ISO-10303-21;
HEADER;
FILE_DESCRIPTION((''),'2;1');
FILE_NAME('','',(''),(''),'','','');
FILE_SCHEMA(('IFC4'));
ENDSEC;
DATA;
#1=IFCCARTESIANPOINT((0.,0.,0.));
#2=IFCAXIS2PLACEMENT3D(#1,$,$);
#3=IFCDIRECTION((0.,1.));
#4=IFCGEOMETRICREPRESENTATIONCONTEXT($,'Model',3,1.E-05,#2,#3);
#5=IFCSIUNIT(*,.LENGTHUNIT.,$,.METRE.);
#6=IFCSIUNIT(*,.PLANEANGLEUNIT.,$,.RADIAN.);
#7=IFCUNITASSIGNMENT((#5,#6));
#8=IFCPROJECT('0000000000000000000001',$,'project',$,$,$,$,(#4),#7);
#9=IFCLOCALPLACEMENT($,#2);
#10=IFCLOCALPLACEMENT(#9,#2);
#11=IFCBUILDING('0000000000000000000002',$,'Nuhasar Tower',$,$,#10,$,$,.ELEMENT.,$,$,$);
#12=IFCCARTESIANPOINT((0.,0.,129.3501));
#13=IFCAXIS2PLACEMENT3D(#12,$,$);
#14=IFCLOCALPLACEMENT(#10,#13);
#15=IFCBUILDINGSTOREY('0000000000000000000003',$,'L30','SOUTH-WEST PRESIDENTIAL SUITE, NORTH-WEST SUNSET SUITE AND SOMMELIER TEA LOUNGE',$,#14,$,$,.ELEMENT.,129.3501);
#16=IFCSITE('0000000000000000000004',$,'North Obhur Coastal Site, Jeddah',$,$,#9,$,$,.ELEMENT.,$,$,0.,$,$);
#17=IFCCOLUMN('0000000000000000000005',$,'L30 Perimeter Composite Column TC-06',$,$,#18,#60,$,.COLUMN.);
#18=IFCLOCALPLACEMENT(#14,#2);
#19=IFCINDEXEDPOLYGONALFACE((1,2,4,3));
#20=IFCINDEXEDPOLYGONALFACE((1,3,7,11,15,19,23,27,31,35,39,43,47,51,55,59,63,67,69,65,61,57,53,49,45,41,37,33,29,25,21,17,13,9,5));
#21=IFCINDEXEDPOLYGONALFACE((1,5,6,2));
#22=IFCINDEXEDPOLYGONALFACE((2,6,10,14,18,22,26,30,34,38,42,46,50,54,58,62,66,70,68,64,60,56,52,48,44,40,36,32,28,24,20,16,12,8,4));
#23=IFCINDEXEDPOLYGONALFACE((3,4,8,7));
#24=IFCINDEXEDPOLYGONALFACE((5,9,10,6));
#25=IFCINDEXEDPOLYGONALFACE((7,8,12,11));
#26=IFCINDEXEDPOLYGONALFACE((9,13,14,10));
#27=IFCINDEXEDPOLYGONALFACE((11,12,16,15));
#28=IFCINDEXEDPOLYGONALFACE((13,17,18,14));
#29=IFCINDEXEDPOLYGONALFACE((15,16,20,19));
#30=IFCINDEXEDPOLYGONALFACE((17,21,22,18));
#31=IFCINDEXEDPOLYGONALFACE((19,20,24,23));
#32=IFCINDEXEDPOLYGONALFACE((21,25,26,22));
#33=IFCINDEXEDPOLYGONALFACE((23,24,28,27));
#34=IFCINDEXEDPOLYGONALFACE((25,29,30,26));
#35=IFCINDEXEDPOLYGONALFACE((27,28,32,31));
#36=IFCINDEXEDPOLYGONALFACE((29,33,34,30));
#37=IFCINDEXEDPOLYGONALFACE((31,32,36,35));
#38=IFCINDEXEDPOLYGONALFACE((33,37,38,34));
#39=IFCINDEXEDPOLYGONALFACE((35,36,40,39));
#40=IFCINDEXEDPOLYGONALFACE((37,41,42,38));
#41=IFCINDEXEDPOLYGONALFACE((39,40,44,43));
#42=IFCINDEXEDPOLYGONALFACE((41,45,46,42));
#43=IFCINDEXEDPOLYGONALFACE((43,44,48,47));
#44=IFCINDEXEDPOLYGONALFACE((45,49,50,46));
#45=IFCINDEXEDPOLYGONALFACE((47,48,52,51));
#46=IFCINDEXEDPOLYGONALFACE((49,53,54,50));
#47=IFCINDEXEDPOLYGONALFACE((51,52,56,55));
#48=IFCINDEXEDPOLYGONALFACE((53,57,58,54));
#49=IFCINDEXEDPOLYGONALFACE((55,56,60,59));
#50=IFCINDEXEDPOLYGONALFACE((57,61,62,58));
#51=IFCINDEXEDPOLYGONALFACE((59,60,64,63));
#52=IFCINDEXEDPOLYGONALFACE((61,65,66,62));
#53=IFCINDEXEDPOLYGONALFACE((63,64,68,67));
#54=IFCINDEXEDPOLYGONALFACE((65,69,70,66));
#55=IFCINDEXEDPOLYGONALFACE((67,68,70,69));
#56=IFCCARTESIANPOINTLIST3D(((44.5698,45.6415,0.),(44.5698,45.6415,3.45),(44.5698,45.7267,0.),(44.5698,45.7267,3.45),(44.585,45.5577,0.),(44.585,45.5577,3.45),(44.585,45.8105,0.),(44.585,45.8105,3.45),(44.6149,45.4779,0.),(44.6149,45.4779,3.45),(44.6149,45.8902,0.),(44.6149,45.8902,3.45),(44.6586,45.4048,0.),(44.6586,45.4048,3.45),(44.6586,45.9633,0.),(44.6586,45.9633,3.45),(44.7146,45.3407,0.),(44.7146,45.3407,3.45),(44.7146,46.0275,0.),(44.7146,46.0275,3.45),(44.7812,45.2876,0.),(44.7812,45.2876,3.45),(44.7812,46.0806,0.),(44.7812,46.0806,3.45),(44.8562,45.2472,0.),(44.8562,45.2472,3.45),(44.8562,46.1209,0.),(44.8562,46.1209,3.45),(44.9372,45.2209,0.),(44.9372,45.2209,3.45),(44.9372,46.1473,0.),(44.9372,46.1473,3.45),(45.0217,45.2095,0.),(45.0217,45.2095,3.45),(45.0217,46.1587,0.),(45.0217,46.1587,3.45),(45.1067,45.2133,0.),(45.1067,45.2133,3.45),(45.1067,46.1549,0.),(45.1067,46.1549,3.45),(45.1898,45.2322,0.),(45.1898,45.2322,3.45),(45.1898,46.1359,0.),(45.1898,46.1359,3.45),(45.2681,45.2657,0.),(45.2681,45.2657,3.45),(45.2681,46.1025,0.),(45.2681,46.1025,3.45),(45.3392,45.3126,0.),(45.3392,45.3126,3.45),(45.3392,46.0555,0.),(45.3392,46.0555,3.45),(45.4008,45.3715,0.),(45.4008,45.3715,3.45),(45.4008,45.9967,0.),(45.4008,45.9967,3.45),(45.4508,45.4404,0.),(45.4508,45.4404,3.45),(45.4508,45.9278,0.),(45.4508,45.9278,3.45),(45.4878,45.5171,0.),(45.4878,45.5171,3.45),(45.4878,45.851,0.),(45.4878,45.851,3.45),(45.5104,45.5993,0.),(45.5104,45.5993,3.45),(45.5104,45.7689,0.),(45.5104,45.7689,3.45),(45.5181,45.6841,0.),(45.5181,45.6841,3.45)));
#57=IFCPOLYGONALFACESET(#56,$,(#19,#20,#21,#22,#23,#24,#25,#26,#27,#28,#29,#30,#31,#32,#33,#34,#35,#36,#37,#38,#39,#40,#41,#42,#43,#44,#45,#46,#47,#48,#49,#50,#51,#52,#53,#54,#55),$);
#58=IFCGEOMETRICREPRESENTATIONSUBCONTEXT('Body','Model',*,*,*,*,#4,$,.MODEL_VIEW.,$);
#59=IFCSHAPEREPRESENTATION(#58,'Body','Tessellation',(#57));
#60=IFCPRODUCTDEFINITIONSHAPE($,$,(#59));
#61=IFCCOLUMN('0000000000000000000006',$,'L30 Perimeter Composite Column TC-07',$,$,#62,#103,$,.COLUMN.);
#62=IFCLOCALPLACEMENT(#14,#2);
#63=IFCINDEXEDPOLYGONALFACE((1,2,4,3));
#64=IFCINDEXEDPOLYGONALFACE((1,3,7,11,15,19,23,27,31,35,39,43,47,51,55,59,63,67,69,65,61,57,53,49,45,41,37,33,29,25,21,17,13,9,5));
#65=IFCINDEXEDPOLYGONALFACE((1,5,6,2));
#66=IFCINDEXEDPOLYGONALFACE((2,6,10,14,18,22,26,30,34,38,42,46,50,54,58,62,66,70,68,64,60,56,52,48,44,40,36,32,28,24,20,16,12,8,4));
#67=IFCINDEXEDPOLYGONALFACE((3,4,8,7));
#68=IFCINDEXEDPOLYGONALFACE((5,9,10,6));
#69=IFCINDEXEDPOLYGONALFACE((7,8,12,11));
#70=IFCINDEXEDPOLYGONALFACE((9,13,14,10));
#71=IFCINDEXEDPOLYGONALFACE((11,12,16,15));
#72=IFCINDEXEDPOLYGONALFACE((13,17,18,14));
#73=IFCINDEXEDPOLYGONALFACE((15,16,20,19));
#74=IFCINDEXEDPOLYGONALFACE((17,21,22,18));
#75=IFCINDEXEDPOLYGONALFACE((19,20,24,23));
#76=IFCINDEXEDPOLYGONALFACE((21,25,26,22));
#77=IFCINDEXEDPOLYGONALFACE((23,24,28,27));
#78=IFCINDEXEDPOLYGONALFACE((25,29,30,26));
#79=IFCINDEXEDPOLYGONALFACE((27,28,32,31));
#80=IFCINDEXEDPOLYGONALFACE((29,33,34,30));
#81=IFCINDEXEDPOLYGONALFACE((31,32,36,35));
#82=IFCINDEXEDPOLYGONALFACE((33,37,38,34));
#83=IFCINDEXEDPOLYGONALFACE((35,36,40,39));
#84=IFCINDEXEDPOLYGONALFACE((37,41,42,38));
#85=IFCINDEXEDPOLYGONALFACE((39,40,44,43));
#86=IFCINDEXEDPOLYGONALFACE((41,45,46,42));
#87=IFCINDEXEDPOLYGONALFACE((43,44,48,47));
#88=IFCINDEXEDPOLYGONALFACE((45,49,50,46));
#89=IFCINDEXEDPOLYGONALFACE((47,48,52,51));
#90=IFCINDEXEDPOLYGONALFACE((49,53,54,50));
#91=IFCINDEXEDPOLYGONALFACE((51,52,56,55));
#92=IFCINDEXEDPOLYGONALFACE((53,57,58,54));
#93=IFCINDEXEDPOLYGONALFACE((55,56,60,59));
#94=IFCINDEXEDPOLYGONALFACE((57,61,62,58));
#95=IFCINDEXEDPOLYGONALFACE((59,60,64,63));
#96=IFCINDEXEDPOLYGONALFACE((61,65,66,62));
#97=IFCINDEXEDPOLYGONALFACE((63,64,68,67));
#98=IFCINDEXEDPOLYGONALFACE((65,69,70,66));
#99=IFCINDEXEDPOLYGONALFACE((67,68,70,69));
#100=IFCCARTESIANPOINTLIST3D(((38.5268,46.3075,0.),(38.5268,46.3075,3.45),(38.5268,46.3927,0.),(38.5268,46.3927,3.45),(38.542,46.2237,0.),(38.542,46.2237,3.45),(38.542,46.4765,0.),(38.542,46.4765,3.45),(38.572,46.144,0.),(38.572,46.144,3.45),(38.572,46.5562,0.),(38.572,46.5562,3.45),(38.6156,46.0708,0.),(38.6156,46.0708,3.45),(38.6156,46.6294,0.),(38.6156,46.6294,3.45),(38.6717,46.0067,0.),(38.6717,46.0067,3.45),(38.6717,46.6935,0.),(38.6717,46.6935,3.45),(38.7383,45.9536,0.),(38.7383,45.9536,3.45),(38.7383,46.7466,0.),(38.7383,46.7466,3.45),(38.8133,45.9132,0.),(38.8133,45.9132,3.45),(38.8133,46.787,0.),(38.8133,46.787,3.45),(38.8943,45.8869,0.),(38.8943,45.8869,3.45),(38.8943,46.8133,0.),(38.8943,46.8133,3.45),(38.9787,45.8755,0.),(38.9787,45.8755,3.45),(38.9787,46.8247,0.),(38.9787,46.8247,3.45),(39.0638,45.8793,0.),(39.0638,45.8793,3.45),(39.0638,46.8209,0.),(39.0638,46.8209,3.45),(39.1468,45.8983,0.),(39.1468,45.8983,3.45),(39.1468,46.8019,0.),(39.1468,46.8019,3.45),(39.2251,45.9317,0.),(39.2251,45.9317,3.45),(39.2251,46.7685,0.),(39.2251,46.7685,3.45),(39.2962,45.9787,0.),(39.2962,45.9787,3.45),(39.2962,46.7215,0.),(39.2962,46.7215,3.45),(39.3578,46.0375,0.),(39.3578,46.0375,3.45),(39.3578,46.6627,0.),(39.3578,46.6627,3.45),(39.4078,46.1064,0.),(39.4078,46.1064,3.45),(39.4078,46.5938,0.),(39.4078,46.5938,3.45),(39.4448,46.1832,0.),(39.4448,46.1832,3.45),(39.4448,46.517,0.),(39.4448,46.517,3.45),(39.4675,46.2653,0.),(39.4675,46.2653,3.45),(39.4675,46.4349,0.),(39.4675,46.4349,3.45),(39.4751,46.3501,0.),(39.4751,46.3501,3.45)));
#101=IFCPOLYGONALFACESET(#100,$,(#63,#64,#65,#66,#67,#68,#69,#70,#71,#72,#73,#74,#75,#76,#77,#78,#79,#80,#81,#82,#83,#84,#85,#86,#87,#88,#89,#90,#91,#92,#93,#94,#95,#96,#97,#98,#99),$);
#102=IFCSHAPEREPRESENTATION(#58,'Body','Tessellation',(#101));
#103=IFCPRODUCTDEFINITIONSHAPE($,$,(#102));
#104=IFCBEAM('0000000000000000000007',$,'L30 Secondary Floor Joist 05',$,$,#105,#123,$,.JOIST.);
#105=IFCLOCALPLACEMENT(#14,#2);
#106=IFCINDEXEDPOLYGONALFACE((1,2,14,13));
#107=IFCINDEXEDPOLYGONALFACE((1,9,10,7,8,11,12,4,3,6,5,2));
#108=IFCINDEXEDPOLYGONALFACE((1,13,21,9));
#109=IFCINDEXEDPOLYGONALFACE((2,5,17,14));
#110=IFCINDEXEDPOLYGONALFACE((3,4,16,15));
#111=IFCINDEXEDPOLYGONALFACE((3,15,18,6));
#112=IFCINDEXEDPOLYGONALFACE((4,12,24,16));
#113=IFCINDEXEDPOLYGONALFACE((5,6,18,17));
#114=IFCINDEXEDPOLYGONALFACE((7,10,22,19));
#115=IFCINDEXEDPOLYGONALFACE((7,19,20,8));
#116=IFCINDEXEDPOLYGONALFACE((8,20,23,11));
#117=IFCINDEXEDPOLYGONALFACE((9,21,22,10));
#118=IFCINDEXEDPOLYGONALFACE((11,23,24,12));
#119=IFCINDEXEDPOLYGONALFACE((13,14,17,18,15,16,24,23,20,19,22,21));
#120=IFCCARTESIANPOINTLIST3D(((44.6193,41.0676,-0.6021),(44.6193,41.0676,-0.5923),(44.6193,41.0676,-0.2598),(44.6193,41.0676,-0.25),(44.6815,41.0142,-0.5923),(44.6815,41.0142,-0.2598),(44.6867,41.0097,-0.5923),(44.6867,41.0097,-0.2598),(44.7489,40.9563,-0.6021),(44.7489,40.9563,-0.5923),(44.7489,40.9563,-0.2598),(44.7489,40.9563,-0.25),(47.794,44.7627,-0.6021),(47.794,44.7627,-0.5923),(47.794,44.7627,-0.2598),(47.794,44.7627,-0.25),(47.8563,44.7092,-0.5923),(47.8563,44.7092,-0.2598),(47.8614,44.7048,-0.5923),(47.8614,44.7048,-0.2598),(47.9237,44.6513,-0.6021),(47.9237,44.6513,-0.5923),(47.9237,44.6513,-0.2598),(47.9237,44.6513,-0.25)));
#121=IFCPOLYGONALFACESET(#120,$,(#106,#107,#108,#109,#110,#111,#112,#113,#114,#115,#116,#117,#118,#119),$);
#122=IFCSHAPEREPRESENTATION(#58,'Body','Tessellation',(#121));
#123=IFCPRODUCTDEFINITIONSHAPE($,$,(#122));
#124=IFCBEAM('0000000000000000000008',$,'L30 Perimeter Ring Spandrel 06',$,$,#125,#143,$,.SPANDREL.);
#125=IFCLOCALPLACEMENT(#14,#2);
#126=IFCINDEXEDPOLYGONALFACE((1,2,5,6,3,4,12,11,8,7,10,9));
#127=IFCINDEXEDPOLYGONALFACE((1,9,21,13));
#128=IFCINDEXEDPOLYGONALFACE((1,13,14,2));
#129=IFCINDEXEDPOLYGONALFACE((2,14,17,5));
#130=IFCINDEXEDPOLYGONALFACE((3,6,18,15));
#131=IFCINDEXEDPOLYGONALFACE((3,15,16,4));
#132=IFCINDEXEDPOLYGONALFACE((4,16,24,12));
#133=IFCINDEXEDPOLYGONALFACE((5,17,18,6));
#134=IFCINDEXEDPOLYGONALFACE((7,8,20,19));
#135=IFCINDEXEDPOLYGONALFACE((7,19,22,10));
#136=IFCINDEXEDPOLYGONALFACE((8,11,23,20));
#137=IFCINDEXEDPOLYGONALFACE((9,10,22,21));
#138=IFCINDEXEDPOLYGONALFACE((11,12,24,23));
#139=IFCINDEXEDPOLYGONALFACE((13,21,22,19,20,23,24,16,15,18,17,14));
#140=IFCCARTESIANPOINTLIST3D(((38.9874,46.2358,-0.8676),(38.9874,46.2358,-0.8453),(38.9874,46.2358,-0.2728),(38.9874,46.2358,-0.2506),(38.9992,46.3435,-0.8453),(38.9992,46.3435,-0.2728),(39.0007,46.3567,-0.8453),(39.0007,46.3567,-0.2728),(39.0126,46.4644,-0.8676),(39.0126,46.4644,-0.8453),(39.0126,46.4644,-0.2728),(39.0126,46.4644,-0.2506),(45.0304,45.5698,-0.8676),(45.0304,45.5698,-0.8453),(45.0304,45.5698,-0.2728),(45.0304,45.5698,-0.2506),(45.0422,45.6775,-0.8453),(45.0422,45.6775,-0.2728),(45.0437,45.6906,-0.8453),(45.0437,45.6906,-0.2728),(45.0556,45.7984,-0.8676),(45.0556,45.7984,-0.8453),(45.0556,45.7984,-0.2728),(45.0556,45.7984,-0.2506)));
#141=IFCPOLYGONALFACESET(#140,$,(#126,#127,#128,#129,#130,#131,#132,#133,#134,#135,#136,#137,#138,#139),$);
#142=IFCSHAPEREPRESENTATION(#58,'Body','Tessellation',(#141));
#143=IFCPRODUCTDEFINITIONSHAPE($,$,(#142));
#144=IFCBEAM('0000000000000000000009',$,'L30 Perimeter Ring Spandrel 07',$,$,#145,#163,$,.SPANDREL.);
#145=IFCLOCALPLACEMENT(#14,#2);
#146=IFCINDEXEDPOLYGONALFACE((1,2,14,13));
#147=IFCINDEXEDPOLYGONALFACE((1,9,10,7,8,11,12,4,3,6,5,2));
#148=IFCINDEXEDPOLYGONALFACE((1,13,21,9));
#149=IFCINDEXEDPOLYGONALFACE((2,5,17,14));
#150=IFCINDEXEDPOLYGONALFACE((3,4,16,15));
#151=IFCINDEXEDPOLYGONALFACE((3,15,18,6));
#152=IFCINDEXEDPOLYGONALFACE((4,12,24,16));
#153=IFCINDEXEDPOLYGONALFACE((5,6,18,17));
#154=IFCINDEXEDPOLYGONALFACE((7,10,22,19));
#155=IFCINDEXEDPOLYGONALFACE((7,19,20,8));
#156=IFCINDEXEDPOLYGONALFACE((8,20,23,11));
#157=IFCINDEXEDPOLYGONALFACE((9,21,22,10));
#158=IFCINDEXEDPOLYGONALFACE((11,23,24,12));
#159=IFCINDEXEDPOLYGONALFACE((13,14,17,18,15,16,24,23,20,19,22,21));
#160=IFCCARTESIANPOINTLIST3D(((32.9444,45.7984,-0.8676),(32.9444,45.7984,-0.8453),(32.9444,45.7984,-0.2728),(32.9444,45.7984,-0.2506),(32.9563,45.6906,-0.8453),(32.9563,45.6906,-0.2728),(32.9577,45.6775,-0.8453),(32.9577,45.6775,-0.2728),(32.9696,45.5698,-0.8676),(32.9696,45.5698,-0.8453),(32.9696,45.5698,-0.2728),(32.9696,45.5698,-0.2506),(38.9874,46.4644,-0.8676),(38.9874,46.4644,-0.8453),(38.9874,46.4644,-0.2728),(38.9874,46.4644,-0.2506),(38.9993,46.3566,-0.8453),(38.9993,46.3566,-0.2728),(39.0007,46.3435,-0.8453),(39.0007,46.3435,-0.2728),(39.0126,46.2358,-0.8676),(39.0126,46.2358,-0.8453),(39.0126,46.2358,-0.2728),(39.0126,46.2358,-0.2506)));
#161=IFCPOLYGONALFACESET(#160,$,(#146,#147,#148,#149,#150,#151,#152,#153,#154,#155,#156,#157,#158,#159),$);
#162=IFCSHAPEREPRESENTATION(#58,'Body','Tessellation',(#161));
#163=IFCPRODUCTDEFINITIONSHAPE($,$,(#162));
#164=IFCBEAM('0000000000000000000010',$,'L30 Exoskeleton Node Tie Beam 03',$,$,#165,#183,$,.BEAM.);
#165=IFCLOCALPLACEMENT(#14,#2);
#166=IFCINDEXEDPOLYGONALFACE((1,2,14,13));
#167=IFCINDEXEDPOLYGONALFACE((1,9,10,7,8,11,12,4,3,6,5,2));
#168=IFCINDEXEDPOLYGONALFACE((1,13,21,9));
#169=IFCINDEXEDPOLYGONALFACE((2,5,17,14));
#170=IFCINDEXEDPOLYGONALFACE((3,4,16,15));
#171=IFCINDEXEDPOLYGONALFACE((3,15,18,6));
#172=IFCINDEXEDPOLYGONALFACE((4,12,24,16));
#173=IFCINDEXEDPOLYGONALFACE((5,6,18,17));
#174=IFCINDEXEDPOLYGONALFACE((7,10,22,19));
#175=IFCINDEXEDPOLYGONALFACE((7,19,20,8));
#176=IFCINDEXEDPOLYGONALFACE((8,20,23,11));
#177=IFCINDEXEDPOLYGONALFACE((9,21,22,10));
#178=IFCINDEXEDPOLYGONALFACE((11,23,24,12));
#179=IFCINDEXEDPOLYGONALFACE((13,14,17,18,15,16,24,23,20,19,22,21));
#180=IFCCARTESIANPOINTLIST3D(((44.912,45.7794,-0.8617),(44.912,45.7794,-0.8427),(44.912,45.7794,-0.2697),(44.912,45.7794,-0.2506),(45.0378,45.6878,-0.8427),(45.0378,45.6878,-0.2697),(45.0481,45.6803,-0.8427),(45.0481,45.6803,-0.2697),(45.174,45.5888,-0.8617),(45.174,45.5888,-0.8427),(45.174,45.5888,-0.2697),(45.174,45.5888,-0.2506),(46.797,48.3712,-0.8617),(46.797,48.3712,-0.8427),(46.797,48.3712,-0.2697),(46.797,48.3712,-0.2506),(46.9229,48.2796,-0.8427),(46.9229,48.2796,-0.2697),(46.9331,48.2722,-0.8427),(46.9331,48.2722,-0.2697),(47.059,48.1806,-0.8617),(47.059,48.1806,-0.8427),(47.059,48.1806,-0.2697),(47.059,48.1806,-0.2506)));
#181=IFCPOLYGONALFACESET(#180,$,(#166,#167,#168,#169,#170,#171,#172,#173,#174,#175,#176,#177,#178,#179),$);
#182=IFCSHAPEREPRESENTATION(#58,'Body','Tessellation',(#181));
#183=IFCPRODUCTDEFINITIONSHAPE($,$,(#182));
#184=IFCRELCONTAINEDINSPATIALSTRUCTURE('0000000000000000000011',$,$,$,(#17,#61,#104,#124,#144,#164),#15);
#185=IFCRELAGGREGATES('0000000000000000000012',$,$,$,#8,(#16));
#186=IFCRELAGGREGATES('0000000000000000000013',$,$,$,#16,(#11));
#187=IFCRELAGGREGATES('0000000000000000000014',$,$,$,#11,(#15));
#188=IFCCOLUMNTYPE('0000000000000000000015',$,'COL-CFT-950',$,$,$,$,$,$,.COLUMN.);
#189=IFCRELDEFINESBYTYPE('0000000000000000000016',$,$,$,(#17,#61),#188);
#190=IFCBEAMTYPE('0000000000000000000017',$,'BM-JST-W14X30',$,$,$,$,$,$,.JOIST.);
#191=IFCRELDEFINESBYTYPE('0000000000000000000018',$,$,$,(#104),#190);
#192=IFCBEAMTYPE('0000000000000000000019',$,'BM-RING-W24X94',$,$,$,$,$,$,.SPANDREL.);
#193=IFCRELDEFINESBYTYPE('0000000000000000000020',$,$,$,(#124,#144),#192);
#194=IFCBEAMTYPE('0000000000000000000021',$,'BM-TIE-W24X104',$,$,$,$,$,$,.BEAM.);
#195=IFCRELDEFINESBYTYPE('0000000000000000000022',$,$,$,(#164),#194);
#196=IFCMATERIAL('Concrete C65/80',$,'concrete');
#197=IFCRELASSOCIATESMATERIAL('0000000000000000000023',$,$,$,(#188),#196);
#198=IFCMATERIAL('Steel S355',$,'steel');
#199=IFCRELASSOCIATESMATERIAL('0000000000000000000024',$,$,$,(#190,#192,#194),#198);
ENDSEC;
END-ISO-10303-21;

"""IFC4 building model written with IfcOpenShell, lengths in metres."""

from ifc_helpers import new_model, si_unit, direction, frame, origin, origin_2d, place, context, subcontext, project, spatial, circle, i_section, extrude, material, material_profile, profile_set, type_object, element, save


model = new_model("IFC4")

# Units and contexts
model_context = context("Model", 3, precision=1e-05, world=origin(), true_north=direction((0.0, 1.0)))
body_context = subcontext(model_context, "Body", "Model", "MODEL_VIEW")
ifc_project = project(units=[si_unit("LENGTHUNIT", "METRE"), si_unit("PLANEANGLEUNIT", "RADIAN")], contexts=[model_context])

# Site, building, storey
site_placement = place(None, origin())
site = spatial("IfcSite", under=ifc_project, at=site_placement, Name="North Obhur Coastal Site, Jeddah", CompositionType="ELEMENT", RefElevation=0.0)
building_placement = place(site_placement, origin())
building = spatial("IfcBuilding", under=site, at=building_placement, Name="Nuhasar Tower", CompositionType="ELEMENT")
storey_placement = place(building_placement, frame((0.0, 0.0, 129.3501)))
storey = spatial("IfcBuildingStorey", under=building, at=storey_placement, Name="L30", Description="SOUTH-WEST PRESIDENTIAL SUITE, NORTH-WEST SUNSET SUITE AND SOMMELIER TEA LOUNGE", CompositionType="ELEMENT", Elevation=129.3501)

# Columns
ifc_material_1 = material(Name="Concrete C65/80", Category="concrete")
ifc_material_profile_1 = material_profile(ifc_material_1, circle(Radius=0.4751, at=origin_2d()), Name="CFT950")
ifc_profile_set_1 = profile_set([ifc_material_profile_1], Name="Concrete C65/80")
column_type = type_object("IfcColumnType", Name="COL-CFT-950", PredefinedType="COLUMN", material=ifc_profile_set_1)
for number, where, z_axis, x_axis, name in (
    (1, (45.043, 45.6841, 0.0), (0.0, 0.0, 1.0), (1.0, 0.0, 0.0), "L30 Perimeter Composite Column TC-06"),
    (2, (39.0, 46.3501, 0.0), (0.0, 0.0, 1.0), (1.0, 0.0, 0.0), "L30 Perimeter Composite Column TC-07"),
):
    element("IfcColumn", number, at=place(storey_placement, frame(where, z_axis=z_axis, x_axis=x_axis)), inside=storey, type_object=column_type, Name=name, PredefinedType="COLUMN", context=body_context, shape_type="SweptSolid", body=[
        extrude(circle(Radius=0.4751, at=origin_2d()), origin(), (0.0, 0.0, 1.0), 3.45),
    ])

# Beams
ifc_material_2 = material(Name="Steel S355", Category="steel")
ifc_material_profile_2 = material_profile(ifc_material_2, i_section(OverallWidth=0.1709, OverallDepth=0.3521, WebThickness=0.0068, FlangeThickness=0.0098, at=origin_2d()), Name="W14X30")
ifc_profile_set_2 = profile_set([ifc_material_profile_2], Name="Steel S355")
beam_type_1 = type_object("IfcBeamType", Name="BM-JST-W14X30", PredefinedType="JOIST", material=ifc_profile_set_2)
beam_1_placement = place(storey_placement, frame((44.6841, 41.012, -0.426), z_axis=(0.651691, 0.758485, 0.0), x_axis=(-0.758485, 0.651691, 0.0)))
element("IfcBeam", 3, at=beam_1_placement, inside=storey, type_object=beam_type_1, Name="L30 Secondary Floor Joist 05", PredefinedType="JOIST", context=body_context, shape_type="SweptSolid", body=[
    extrude(i_section(OverallWidth=0.1709, OverallDepth=0.3521, WebThickness=0.0068, FlangeThickness=0.0098, at=origin_2d()), origin(), (0.0, 0.0, 1.0), 4.8716),
])
ifc_material_profile_3 = material_profile(ifc_material_2, i_section(OverallWidth=0.23, OverallDepth=0.6169, WebThickness=0.0132, FlangeThickness=0.0222, at=origin_2d()), Name="W24X94")
ifc_profile_set_3 = profile_set([ifc_material_profile_3], Name="Steel S355")
beam_type_2 = type_object("IfcBeamType", Name="BM-RING-W24X94", PredefinedType="SPANDREL", material=ifc_profile_set_3)
for number, where, z_axis, x_axis, name in (
    (4, (45.043, 45.6841, -0.5591), (-0.993981, 0.10955, 0.0), (-0.10955, -0.993981, 0.0), "L30 Perimeter Ring Spandrel 06"),
    (5, (39.0, 46.3501, -0.5591), (-0.993981, -0.10955, 0.0), (0.10955, -0.993981, 0.0), "L30 Perimeter Ring Spandrel 07"),
):
    element("IfcBeam", number, at=place(storey_placement, frame(where, z_axis=z_axis, x_axis=x_axis)), inside=storey, type_object=beam_type_2, Name=name, PredefinedType="SPANDREL", context=body_context, shape_type="SweptSolid", body=[
        extrude(i_section(OverallWidth=0.23, OverallDepth=0.6169, WebThickness=0.0132, FlangeThickness=0.0222, at=origin_2d()), origin(), (0.0, 0.0, 1.0), 6.0796),
    ])
ifc_material_profile_4 = material_profile(ifc_material_2, i_section(OverallWidth=0.324, OverallDepth=0.6111, WebThickness=0.0127, FlangeThickness=0.019, at=origin_2d()), Name="W24X104")
ifc_profile_set_4 = profile_set([ifc_material_profile_4], Name="Steel S355")
beam_type_3 = type_object("IfcBeamType", Name="BM-TIE-W24X104", PredefinedType="BEAM", material=ifc_profile_set_4)
beam_2_placement = place(storey_placement, frame((45.043, 45.6841, -0.5562), z_axis=(0.588185, 0.808726, 0.0), x_axis=(-0.808726, 0.588185, 0.0)))
element("IfcBeam", 6, at=beam_2_placement, inside=storey, type_object=beam_type_3, Name="L30 Exoskeleton Node Tie Beam 03", PredefinedType="BEAM", context=body_context, shape_type="SweptSolid", body=[
    extrude(i_section(OverallWidth=0.324, OverallDepth=0.6111, WebThickness=0.0127, FlangeThickness=0.019, at=origin_2d()), origin(), (0.0, 0.0, 1.0), 3.2048),
])

save(model, "model.ifc")
